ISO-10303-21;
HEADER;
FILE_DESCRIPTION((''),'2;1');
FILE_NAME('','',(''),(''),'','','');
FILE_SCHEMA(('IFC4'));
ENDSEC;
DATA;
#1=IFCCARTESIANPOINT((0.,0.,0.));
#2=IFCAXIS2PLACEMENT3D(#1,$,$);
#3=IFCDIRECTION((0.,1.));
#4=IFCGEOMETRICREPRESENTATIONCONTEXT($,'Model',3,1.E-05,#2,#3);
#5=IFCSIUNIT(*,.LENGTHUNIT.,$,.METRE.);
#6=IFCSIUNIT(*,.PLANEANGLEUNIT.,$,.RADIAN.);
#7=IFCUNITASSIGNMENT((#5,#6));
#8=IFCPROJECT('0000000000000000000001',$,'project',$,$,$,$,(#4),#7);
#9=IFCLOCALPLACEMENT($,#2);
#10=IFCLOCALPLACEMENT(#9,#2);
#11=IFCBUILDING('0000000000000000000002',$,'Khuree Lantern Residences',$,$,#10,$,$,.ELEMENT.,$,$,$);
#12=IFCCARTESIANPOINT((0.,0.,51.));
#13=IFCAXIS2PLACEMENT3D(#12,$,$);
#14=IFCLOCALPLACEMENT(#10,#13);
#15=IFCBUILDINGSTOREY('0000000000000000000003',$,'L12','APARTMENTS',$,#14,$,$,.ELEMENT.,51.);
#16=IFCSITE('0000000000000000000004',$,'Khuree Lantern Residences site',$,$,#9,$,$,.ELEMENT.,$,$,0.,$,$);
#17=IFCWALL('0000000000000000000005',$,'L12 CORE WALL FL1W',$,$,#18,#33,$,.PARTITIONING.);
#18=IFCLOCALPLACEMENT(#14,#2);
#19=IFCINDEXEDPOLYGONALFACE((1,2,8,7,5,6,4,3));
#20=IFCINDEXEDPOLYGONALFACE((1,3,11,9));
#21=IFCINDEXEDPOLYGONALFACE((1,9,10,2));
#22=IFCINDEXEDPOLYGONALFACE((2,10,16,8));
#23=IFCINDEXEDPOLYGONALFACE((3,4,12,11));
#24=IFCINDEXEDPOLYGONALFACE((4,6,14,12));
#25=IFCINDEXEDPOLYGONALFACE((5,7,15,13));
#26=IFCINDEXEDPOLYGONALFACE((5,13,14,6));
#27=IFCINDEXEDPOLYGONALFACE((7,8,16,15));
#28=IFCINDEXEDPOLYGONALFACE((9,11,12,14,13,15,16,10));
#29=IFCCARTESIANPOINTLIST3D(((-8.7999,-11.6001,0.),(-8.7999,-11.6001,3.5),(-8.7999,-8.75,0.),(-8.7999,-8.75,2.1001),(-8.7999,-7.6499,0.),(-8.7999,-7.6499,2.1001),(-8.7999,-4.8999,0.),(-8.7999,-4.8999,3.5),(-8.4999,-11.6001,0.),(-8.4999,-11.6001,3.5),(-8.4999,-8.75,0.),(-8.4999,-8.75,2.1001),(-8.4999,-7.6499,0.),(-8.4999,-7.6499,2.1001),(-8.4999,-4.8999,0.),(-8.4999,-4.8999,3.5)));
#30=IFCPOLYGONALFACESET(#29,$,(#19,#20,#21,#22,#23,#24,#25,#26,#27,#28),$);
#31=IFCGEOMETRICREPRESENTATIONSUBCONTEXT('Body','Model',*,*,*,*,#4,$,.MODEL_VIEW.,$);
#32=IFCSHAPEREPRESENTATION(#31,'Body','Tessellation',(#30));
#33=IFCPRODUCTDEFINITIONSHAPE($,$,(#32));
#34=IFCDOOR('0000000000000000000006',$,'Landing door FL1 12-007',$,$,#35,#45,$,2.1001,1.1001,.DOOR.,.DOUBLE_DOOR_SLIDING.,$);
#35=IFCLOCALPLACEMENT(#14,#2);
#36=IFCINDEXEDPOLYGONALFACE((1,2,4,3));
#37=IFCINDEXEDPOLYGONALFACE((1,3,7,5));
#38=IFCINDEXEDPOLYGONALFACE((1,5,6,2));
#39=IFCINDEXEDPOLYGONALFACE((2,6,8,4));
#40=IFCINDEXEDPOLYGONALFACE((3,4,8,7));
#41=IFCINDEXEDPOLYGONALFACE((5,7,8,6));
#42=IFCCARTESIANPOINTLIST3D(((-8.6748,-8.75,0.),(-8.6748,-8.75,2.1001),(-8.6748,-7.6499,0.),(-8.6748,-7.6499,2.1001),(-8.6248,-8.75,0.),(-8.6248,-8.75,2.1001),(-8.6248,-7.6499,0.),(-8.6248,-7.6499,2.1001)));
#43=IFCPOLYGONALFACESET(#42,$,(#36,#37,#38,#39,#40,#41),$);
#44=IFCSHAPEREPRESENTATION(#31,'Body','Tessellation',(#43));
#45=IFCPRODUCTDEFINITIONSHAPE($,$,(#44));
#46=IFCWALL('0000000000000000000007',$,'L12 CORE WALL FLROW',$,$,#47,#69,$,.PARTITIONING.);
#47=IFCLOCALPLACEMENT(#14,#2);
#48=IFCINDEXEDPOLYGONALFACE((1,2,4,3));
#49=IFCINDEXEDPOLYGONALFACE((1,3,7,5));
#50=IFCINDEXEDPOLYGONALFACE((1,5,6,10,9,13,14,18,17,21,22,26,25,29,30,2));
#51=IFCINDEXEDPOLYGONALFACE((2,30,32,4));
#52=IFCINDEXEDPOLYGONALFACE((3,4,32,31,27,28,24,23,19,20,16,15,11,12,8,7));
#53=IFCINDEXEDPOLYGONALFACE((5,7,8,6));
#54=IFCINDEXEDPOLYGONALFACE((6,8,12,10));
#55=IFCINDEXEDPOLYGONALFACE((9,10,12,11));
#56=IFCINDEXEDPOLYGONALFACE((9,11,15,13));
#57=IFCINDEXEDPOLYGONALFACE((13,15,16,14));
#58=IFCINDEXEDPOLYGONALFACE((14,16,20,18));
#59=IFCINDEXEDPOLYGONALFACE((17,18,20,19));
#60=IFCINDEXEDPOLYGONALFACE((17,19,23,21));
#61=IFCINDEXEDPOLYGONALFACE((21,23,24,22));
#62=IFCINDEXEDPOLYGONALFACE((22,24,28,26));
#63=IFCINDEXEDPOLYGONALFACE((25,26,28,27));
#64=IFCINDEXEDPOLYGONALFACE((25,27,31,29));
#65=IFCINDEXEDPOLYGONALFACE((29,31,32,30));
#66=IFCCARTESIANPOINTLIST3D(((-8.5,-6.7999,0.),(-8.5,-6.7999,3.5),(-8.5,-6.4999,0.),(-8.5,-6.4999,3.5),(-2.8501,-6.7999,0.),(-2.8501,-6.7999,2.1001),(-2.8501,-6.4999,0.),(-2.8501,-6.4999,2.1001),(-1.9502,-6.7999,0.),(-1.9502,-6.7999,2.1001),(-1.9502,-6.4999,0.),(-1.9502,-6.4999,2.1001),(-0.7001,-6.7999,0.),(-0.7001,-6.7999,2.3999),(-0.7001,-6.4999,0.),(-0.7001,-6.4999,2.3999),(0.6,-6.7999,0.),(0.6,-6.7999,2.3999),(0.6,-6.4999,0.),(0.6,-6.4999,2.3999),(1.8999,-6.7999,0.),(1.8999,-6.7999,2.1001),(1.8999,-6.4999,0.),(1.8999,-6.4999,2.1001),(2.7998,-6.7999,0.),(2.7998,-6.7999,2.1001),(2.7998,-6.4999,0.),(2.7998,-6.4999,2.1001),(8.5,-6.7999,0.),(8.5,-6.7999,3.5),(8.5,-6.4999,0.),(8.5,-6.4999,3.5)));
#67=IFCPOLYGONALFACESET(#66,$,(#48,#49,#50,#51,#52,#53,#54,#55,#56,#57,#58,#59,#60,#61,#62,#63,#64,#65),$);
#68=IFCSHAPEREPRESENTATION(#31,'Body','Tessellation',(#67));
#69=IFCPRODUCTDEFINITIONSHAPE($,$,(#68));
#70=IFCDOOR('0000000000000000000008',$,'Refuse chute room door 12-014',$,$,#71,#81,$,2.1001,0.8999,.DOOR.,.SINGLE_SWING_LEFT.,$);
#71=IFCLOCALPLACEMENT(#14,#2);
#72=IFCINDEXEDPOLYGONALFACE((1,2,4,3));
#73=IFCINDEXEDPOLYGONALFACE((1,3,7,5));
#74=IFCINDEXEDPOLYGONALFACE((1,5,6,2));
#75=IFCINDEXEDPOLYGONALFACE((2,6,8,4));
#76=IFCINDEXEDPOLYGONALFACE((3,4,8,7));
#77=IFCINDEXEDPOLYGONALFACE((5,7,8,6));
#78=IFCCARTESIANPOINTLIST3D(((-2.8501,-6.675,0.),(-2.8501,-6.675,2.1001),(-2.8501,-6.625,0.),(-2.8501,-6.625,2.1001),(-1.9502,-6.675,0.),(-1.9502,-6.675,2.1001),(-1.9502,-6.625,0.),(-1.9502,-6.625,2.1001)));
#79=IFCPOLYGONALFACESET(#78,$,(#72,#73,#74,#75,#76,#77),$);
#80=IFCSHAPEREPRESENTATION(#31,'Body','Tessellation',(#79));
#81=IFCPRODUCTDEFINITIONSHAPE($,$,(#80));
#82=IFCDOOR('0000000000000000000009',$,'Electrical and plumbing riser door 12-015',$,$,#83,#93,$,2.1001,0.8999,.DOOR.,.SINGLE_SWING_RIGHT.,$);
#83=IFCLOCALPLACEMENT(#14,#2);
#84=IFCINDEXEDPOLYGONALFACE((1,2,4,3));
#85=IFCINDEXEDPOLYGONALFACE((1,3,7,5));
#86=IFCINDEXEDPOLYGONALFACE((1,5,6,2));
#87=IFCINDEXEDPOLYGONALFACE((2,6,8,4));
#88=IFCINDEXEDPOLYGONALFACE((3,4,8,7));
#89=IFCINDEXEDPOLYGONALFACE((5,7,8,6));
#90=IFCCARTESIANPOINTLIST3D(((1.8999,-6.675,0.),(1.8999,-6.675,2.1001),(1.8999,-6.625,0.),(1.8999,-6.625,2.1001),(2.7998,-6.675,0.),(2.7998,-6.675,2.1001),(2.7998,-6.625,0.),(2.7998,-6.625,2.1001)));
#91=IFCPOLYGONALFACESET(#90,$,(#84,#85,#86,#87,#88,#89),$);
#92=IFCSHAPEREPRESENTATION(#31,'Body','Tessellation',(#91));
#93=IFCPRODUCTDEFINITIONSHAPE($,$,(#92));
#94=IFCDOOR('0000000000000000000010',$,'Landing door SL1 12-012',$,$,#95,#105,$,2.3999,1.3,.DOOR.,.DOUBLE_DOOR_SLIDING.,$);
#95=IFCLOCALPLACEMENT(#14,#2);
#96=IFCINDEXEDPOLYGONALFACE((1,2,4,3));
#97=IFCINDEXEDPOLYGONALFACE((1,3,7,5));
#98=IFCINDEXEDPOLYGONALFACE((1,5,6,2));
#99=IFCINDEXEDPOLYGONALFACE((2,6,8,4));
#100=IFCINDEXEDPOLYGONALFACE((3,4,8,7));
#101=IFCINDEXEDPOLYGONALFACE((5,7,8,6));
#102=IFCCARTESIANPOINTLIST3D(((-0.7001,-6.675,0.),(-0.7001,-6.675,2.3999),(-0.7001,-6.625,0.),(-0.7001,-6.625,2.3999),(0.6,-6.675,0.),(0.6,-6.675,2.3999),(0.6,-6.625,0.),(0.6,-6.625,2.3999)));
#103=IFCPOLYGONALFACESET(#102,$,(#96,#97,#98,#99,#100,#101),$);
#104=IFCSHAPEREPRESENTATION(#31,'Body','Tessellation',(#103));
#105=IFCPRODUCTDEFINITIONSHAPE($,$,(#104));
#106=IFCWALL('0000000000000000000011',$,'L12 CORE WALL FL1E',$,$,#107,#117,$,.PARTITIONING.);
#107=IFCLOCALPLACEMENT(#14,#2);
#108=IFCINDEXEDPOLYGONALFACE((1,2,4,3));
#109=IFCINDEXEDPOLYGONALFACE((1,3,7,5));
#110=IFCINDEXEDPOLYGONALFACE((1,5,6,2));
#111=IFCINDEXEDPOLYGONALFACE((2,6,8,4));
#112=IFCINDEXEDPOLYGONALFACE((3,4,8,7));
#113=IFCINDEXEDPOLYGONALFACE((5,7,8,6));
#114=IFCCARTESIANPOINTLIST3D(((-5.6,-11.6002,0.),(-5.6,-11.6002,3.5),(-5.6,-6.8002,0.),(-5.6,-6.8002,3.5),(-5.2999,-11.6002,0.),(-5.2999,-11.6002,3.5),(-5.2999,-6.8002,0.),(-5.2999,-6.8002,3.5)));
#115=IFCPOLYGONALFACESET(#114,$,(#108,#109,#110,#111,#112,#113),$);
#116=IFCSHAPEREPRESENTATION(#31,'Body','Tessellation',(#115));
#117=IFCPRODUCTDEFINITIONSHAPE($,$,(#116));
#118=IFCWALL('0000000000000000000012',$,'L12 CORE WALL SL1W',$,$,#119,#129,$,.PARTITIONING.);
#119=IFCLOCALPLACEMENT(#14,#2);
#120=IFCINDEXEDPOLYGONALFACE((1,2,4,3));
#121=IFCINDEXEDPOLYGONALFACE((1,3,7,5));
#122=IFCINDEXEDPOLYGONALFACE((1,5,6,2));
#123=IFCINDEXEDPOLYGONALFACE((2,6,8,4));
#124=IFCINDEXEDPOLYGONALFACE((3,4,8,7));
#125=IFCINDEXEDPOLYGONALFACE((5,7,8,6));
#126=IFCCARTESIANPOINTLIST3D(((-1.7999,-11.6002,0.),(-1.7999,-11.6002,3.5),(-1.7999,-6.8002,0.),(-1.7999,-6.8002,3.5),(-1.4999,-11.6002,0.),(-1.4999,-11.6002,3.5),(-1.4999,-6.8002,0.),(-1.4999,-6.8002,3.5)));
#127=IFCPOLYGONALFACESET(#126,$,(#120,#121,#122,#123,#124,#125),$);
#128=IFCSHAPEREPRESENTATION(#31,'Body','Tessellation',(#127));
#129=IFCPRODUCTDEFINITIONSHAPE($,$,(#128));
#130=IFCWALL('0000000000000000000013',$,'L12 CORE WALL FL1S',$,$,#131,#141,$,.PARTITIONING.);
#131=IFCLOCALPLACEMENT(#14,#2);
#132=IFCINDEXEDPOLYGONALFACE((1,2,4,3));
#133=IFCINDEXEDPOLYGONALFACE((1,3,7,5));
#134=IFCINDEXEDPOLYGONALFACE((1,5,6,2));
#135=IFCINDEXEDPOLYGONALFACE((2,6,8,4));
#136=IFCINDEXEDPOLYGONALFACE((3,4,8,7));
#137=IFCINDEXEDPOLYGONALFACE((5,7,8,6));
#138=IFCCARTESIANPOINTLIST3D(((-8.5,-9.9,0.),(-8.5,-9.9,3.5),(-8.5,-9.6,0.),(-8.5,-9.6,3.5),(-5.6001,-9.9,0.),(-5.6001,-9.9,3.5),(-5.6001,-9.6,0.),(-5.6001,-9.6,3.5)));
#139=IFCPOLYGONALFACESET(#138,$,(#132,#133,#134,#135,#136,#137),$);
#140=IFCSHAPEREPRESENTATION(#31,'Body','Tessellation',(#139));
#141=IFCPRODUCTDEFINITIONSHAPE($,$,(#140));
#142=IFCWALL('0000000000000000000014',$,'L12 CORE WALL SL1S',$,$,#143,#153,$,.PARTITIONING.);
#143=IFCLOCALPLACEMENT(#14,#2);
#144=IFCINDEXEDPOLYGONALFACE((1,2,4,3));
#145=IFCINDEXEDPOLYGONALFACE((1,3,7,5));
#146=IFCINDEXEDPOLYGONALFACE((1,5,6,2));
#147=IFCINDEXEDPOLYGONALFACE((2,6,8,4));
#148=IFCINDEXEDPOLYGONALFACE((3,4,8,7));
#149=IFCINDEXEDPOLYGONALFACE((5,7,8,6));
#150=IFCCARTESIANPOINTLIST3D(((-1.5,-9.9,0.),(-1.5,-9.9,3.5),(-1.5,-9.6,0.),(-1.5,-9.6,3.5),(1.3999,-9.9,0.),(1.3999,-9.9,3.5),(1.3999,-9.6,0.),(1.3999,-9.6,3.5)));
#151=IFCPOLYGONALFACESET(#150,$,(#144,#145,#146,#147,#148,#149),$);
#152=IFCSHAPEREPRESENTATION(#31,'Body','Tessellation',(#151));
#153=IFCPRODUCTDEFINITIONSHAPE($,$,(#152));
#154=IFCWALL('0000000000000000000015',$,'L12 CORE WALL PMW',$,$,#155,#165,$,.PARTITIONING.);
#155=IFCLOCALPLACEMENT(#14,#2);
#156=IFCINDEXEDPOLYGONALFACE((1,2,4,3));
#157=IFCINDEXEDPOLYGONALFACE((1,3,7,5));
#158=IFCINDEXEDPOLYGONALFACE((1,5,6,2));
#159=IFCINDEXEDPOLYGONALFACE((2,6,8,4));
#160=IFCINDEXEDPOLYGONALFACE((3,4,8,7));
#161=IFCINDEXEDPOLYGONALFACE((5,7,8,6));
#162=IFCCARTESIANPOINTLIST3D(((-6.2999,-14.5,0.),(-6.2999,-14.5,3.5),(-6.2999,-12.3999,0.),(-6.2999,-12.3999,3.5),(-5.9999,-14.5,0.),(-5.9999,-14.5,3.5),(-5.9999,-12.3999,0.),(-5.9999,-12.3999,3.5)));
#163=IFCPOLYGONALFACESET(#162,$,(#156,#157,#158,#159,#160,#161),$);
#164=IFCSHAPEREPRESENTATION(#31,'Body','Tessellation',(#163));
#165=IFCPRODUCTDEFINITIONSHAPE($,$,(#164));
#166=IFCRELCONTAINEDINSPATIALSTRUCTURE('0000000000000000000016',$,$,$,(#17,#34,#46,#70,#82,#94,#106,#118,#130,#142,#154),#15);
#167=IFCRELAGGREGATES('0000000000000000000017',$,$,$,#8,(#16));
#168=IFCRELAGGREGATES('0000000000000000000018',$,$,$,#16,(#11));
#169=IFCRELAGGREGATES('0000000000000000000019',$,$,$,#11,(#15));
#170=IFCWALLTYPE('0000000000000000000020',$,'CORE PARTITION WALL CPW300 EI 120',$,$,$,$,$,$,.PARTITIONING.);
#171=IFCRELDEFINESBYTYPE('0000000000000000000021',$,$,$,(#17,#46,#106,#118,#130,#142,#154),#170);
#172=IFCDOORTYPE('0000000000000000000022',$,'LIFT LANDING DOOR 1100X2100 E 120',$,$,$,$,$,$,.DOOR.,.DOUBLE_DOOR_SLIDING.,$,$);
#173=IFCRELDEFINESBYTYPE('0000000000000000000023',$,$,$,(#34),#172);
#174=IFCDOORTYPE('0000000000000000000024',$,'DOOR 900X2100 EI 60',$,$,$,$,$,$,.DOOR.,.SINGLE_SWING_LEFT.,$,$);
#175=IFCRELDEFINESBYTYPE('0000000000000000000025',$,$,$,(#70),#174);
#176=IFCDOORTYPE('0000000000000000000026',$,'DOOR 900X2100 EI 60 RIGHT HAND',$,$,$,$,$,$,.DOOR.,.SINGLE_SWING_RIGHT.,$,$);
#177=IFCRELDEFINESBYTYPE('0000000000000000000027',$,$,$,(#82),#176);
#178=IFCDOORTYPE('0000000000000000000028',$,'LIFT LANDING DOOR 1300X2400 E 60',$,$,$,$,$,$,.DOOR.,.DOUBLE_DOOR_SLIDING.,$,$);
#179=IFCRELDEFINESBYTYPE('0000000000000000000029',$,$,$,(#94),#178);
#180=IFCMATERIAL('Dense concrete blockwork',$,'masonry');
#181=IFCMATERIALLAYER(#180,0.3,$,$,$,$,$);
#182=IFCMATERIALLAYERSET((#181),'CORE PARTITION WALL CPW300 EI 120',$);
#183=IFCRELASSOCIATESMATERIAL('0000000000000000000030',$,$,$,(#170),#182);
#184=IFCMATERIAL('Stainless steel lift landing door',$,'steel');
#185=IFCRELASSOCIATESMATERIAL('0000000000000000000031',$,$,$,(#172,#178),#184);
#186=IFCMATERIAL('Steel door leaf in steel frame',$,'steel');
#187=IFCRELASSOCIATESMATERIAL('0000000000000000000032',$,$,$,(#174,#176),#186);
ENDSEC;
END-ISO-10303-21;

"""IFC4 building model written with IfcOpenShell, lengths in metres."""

from ifc_helpers import new_model, si_unit, direction, frame, frame_2d, origin, place, context, subcontext, project, spatial, rectangle, extrude, material, layer, layer_set, type_object, element, fill, save


model = new_model("IFC4")

# Units and contexts
model_context = context("Model", 3, precision=1e-05, world=origin(), true_north=direction((0.0, 1.0)))
body_context = subcontext(model_context, "Body", "Model", "MODEL_VIEW")
ifc_project = project(units=[si_unit("LENGTHUNIT", "METRE"), si_unit("PLANEANGLEUNIT", "RADIAN")], contexts=[model_context])

# Site, building, storey
site_placement = place(None, origin())
site = spatial("IfcSite", under=ifc_project, at=site_placement, Name="Khuree Lantern Residences site", CompositionType="ELEMENT", RefElevation=0.0)
building_placement = place(site_placement, origin())
building = spatial("IfcBuilding", under=site, at=building_placement, Name="Khuree Lantern Residences", CompositionType="ELEMENT")
storey_placement = place(building_placement, frame((0.0, 0.0, 51.0)))
storey = spatial("IfcBuildingStorey", under=building, at=storey_placement, Name="L12", Description="APARTMENTS", CompositionType="ELEMENT", Elevation=51.0)

# Wall, opening, door
ifc_material_1 = material(Name="Dense concrete blockwork", Category="masonry")
ifc_layer_1 = layer(ifc_material_1, 0.3)
ifc_layer_set_1 = layer_set([ifc_layer_1], Name="CORE PARTITION WALL CPW300 EI 120")
wall_type_1 = type_object("IfcWallType", Name="CORE PARTITION WALL CPW300 EI 120", PredefinedType="PARTITIONING", material=ifc_layer_set_1)
wall_1_placement = place(storey_placement, frame((-8.6499, -11.6001, 0.0), z_axis=(0.0, 0.0, 1.0), x_axis=(0.0, 1.0, 0.0)))
wall_1 = element("IfcWall", 1, at=wall_1_placement, inside=storey, type_object=wall_type_1, Name="L12 CORE WALL FL1W", PredefinedType="PARTITIONING", context=body_context, shape_type="SweptSolid", body=[
    extrude(rectangle(XDim=6.7002, YDim=0.3, at=frame_2d((3.3501, 0.0))), origin(), (0.0, 0.0, 1.0), 3.5),
])
opening_1_placement = place(wall_1_placement, frame((2.8501, 0.0, 0.0)))
opening_1 = element("IfcOpeningElement", 2, at=opening_1_placement, cuts=wall_1, PredefinedType="OPENING", context=body_context, shape_type="SweptSolid", body=[
    extrude(rectangle(XDim=1.1001, YDim=2.1001, at=frame_2d((0.55, 1.05))), frame((0.0, 0.1602, 0.0), z_axis=(0.0, -1.0, 0.0), x_axis=(1.0, 0.0, 0.0)), (0.0, 0.0, 1.0), 0.3201),
])
ifc_material_2 = material(Name="Stainless steel lift landing door", Category="steel")
door_type_1 = type_object("IfcDoorType", Name="LIFT LANDING DOOR 1100X2100 E 120", OperationType="DOUBLE_DOOR_SLIDING", PredefinedType="DOOR", material=ifc_material_2)
door_1_placement = place(opening_1_placement, origin())
door_1 = element("IfcDoor", 3, at=door_1_placement, inside=storey, type_object=door_type_1, Name="Landing door FL1 12-007", OperationType="DOUBLE_DOOR_SLIDING", OverallHeight=2.1001, OverallWidth=1.1001, PredefinedType="DOOR", context=body_context, shape_type="SweptSolid", body=[
    extrude(rectangle(XDim=1.1001, YDim=2.1001, at=frame_2d((0.55, 1.05))), frame((0.0, 0.0249, 0.0), z_axis=(0.0, -1.0, 0.0), x_axis=(1.0, 0.0, 0.0)), (0.0, 0.0, 1.0), 0.05),
])
fill(opening_1, door_1)

# Wall, openings, doors
wall_2_placement = place(storey_placement, frame((-8.5, -6.6499, 0.0), z_axis=(0.0, 0.0, 1.0), x_axis=(1.0, 0.0, 0.0)))
wall_2 = element("IfcWall", 4, at=wall_2_placement, inside=storey, type_object=wall_type_1, Name="L12 CORE WALL FLROW", PredefinedType="PARTITIONING", context=body_context, shape_type="SweptSolid", body=[
    extrude(rectangle(XDim=17.0, YDim=0.3, at=frame_2d((8.5, 0.0))), origin(), (0.0, 0.0, 1.0), 3.5),
])
opening_2_placement = place(wall_2_placement, frame((7.8, 0.0, 0.0)))
opening_2 = element("IfcOpeningElement", 5, at=opening_2_placement, cuts=wall_2, PredefinedType="OPENING", context=body_context, shape_type="SweptSolid", body=[
    extrude(rectangle(XDim=1.3, YDim=2.3999, at=frame_2d((0.6499, 1.2))), frame((0.0, 0.1602, 0.0), z_axis=(0.0, -1.0, 0.0), x_axis=(1.0, 0.0, 0.0)), (0.0, 0.0, 1.0), 0.3201),
])
opening_3_placement = place(wall_2_placement, frame((5.6499, 0.0, 0.0)))
opening_3 = element("IfcOpeningElement", 6, at=opening_3_placement, cuts=wall_2, PredefinedType="OPENING", context=body_context, shape_type="SweptSolid", body=[
    extrude(rectangle(XDim=0.8999, YDim=2.1001, at=frame_2d((0.45, 1.05))), frame((0.0, 0.1602, 0.0), z_axis=(0.0, -1.0, 0.0), x_axis=(1.0, 0.0, 0.0)), (0.0, 0.0, 1.0), 0.3201),
])
opening_4_placement = place(wall_2_placement, frame((10.3999, 0.0, 0.0)))
opening_4 = element("IfcOpeningElement", 7, at=opening_4_placement, cuts=wall_2, PredefinedType="OPENING", context=body_context, shape_type="SweptSolid", body=[
    extrude(rectangle(XDim=0.8999, YDim=2.1001, at=frame_2d((0.45, 1.05))), frame((0.0, 0.1602, 0.0), z_axis=(0.0, -1.0, 0.0), x_axis=(1.0, 0.0, 0.0)), (0.0, 0.0, 1.0), 0.3201),
])
ifc_material_3 = material(Name="Steel door leaf in steel frame", Category="steel")
door_type_2 = type_object("IfcDoorType", Name="DOOR 900X2100 EI 60", OperationType="SINGLE_SWING_LEFT", PredefinedType="DOOR", material=ifc_material_3)
door_2_placement = place(opening_3_placement, origin())
door_2 = element("IfcDoor", 8, at=door_2_placement, inside=storey, type_object=door_type_2, Name="Refuse chute room door 12-014", OperationType="SINGLE_SWING_LEFT", OverallHeight=2.1001, OverallWidth=0.8999, PredefinedType="DOOR", context=body_context, shape_type="SweptSolid", body=[
    extrude(rectangle(XDim=0.8999, YDim=2.1001, at=frame_2d((0.45, 1.05))), frame((0.0, 0.0249, 0.0), z_axis=(0.0, -1.0, 0.0), x_axis=(1.0, 0.0, 0.0)), (0.0, 0.0, 1.0), 0.05),
])
fill(opening_3, door_2)
door_type_3 = type_object("IfcDoorType", Name="DOOR 900X2100 EI 60 RIGHT HAND", OperationType="SINGLE_SWING_RIGHT", PredefinedType="DOOR", material=ifc_material_3)
door_3_placement = place(opening_4_placement, origin())
door_3 = element("IfcDoor", 9, at=door_3_placement, inside=storey, type_object=door_type_3, Name="Electrical and plumbing riser door 12-015", OperationType="SINGLE_SWING_RIGHT", OverallHeight=2.1001, OverallWidth=0.8999, PredefinedType="DOOR", context=body_context, shape_type="SweptSolid", body=[
    extrude(rectangle(XDim=0.8999, YDim=2.1001, at=frame_2d((0.45, 1.05))), frame((0.0, 0.0249, 0.0), z_axis=(0.0, -1.0, 0.0), x_axis=(1.0, 0.0, 0.0)), (0.0, 0.0, 1.0), 0.05),
])
fill(opening_4, door_3)
door_type_4 = type_object("IfcDoorType", Name="LIFT LANDING DOOR 1300X2400 E 60", OperationType="DOUBLE_DOOR_SLIDING", PredefinedType="DOOR", material=ifc_material_2)
door_4_placement = place(opening_2_placement, origin())
door_4 = element("IfcDoor", 10, at=door_4_placement, inside=storey, type_object=door_type_4, Name="Landing door SL1 12-012", OperationType="DOUBLE_DOOR_SLIDING", OverallHeight=2.3999, OverallWidth=1.3, PredefinedType="DOOR", context=body_context, shape_type="SweptSolid", body=[
    extrude(rectangle(XDim=1.3, YDim=2.3999, at=frame_2d((0.6499, 1.2))), frame((0.0, 0.0249, 0.0), z_axis=(0.0, -1.0, 0.0), x_axis=(1.0, 0.0, 0.0)), (0.0, 0.0, 1.0), 0.05),
])
fill(opening_2, door_4)

# Walls
for number, where, z_axis, x_axis, name in (
    (11, (-5.45, -11.6001, 0.0), (0.0, 0.0, 1.0), (0.0, 1.0, 0.0), "L12 CORE WALL FL1E"),
    (12, (-1.6499, -11.6001, 0.0), (0.0, 0.0, 1.0), (0.0, 1.0, 0.0), "L12 CORE WALL SL1W"),
):
    element("IfcWall", number, at=place(storey_placement, frame(where, z_axis=z_axis, x_axis=x_axis)), inside=storey, type_object=wall_type_1, Name=name, PredefinedType="PARTITIONING", context=body_context, shape_type="SweptSolid", body=[
        extrude(rectangle(XDim=4.8, YDim=0.3, at=frame_2d((2.3999, 0.0))), origin(), (0.0, 0.0, 1.0), 3.5),
    ])
for number, where, z_axis, x_axis, name in (
    (13, (-8.5, -9.75, 0.0), (0.0, 0.0, 1.0), (1.0, 0.0, 0.0), "L12 CORE WALL FL1S"),
    (14, (-1.5, -9.75, 0.0), (0.0, 0.0, 1.0), (1.0, 0.0, 0.0), "L12 CORE WALL SL1S"),
):
    element("IfcWall", number, at=place(storey_placement, frame(where, z_axis=z_axis, x_axis=x_axis)), inside=storey, type_object=wall_type_1, Name=name, PredefinedType="PARTITIONING", context=body_context, shape_type="SweptSolid", body=[
        extrude(rectangle(XDim=2.8999, YDim=0.3, at=frame_2d((1.45, 0.0))), origin(), (0.0, 0.0, 1.0), 3.5),
    ])
wall_3_placement = place(storey_placement, frame((-6.1499, -14.5, 0.0), z_axis=(0.0, 0.0, 1.0), x_axis=(0.0, 1.0, 0.0)))
element("IfcWall", 15, at=wall_3_placement, inside=storey, type_object=wall_type_1, Name="L12 CORE WALL PMW", PredefinedType="PARTITIONING", context=body_context, shape_type="SweptSolid", body=[
    extrude(rectangle(XDim=2.1001, YDim=0.3, at=frame_2d((1.05, 0.0))), origin(), (0.0, 0.0, 1.0), 3.5),
])

save(model, "model.ifc")
